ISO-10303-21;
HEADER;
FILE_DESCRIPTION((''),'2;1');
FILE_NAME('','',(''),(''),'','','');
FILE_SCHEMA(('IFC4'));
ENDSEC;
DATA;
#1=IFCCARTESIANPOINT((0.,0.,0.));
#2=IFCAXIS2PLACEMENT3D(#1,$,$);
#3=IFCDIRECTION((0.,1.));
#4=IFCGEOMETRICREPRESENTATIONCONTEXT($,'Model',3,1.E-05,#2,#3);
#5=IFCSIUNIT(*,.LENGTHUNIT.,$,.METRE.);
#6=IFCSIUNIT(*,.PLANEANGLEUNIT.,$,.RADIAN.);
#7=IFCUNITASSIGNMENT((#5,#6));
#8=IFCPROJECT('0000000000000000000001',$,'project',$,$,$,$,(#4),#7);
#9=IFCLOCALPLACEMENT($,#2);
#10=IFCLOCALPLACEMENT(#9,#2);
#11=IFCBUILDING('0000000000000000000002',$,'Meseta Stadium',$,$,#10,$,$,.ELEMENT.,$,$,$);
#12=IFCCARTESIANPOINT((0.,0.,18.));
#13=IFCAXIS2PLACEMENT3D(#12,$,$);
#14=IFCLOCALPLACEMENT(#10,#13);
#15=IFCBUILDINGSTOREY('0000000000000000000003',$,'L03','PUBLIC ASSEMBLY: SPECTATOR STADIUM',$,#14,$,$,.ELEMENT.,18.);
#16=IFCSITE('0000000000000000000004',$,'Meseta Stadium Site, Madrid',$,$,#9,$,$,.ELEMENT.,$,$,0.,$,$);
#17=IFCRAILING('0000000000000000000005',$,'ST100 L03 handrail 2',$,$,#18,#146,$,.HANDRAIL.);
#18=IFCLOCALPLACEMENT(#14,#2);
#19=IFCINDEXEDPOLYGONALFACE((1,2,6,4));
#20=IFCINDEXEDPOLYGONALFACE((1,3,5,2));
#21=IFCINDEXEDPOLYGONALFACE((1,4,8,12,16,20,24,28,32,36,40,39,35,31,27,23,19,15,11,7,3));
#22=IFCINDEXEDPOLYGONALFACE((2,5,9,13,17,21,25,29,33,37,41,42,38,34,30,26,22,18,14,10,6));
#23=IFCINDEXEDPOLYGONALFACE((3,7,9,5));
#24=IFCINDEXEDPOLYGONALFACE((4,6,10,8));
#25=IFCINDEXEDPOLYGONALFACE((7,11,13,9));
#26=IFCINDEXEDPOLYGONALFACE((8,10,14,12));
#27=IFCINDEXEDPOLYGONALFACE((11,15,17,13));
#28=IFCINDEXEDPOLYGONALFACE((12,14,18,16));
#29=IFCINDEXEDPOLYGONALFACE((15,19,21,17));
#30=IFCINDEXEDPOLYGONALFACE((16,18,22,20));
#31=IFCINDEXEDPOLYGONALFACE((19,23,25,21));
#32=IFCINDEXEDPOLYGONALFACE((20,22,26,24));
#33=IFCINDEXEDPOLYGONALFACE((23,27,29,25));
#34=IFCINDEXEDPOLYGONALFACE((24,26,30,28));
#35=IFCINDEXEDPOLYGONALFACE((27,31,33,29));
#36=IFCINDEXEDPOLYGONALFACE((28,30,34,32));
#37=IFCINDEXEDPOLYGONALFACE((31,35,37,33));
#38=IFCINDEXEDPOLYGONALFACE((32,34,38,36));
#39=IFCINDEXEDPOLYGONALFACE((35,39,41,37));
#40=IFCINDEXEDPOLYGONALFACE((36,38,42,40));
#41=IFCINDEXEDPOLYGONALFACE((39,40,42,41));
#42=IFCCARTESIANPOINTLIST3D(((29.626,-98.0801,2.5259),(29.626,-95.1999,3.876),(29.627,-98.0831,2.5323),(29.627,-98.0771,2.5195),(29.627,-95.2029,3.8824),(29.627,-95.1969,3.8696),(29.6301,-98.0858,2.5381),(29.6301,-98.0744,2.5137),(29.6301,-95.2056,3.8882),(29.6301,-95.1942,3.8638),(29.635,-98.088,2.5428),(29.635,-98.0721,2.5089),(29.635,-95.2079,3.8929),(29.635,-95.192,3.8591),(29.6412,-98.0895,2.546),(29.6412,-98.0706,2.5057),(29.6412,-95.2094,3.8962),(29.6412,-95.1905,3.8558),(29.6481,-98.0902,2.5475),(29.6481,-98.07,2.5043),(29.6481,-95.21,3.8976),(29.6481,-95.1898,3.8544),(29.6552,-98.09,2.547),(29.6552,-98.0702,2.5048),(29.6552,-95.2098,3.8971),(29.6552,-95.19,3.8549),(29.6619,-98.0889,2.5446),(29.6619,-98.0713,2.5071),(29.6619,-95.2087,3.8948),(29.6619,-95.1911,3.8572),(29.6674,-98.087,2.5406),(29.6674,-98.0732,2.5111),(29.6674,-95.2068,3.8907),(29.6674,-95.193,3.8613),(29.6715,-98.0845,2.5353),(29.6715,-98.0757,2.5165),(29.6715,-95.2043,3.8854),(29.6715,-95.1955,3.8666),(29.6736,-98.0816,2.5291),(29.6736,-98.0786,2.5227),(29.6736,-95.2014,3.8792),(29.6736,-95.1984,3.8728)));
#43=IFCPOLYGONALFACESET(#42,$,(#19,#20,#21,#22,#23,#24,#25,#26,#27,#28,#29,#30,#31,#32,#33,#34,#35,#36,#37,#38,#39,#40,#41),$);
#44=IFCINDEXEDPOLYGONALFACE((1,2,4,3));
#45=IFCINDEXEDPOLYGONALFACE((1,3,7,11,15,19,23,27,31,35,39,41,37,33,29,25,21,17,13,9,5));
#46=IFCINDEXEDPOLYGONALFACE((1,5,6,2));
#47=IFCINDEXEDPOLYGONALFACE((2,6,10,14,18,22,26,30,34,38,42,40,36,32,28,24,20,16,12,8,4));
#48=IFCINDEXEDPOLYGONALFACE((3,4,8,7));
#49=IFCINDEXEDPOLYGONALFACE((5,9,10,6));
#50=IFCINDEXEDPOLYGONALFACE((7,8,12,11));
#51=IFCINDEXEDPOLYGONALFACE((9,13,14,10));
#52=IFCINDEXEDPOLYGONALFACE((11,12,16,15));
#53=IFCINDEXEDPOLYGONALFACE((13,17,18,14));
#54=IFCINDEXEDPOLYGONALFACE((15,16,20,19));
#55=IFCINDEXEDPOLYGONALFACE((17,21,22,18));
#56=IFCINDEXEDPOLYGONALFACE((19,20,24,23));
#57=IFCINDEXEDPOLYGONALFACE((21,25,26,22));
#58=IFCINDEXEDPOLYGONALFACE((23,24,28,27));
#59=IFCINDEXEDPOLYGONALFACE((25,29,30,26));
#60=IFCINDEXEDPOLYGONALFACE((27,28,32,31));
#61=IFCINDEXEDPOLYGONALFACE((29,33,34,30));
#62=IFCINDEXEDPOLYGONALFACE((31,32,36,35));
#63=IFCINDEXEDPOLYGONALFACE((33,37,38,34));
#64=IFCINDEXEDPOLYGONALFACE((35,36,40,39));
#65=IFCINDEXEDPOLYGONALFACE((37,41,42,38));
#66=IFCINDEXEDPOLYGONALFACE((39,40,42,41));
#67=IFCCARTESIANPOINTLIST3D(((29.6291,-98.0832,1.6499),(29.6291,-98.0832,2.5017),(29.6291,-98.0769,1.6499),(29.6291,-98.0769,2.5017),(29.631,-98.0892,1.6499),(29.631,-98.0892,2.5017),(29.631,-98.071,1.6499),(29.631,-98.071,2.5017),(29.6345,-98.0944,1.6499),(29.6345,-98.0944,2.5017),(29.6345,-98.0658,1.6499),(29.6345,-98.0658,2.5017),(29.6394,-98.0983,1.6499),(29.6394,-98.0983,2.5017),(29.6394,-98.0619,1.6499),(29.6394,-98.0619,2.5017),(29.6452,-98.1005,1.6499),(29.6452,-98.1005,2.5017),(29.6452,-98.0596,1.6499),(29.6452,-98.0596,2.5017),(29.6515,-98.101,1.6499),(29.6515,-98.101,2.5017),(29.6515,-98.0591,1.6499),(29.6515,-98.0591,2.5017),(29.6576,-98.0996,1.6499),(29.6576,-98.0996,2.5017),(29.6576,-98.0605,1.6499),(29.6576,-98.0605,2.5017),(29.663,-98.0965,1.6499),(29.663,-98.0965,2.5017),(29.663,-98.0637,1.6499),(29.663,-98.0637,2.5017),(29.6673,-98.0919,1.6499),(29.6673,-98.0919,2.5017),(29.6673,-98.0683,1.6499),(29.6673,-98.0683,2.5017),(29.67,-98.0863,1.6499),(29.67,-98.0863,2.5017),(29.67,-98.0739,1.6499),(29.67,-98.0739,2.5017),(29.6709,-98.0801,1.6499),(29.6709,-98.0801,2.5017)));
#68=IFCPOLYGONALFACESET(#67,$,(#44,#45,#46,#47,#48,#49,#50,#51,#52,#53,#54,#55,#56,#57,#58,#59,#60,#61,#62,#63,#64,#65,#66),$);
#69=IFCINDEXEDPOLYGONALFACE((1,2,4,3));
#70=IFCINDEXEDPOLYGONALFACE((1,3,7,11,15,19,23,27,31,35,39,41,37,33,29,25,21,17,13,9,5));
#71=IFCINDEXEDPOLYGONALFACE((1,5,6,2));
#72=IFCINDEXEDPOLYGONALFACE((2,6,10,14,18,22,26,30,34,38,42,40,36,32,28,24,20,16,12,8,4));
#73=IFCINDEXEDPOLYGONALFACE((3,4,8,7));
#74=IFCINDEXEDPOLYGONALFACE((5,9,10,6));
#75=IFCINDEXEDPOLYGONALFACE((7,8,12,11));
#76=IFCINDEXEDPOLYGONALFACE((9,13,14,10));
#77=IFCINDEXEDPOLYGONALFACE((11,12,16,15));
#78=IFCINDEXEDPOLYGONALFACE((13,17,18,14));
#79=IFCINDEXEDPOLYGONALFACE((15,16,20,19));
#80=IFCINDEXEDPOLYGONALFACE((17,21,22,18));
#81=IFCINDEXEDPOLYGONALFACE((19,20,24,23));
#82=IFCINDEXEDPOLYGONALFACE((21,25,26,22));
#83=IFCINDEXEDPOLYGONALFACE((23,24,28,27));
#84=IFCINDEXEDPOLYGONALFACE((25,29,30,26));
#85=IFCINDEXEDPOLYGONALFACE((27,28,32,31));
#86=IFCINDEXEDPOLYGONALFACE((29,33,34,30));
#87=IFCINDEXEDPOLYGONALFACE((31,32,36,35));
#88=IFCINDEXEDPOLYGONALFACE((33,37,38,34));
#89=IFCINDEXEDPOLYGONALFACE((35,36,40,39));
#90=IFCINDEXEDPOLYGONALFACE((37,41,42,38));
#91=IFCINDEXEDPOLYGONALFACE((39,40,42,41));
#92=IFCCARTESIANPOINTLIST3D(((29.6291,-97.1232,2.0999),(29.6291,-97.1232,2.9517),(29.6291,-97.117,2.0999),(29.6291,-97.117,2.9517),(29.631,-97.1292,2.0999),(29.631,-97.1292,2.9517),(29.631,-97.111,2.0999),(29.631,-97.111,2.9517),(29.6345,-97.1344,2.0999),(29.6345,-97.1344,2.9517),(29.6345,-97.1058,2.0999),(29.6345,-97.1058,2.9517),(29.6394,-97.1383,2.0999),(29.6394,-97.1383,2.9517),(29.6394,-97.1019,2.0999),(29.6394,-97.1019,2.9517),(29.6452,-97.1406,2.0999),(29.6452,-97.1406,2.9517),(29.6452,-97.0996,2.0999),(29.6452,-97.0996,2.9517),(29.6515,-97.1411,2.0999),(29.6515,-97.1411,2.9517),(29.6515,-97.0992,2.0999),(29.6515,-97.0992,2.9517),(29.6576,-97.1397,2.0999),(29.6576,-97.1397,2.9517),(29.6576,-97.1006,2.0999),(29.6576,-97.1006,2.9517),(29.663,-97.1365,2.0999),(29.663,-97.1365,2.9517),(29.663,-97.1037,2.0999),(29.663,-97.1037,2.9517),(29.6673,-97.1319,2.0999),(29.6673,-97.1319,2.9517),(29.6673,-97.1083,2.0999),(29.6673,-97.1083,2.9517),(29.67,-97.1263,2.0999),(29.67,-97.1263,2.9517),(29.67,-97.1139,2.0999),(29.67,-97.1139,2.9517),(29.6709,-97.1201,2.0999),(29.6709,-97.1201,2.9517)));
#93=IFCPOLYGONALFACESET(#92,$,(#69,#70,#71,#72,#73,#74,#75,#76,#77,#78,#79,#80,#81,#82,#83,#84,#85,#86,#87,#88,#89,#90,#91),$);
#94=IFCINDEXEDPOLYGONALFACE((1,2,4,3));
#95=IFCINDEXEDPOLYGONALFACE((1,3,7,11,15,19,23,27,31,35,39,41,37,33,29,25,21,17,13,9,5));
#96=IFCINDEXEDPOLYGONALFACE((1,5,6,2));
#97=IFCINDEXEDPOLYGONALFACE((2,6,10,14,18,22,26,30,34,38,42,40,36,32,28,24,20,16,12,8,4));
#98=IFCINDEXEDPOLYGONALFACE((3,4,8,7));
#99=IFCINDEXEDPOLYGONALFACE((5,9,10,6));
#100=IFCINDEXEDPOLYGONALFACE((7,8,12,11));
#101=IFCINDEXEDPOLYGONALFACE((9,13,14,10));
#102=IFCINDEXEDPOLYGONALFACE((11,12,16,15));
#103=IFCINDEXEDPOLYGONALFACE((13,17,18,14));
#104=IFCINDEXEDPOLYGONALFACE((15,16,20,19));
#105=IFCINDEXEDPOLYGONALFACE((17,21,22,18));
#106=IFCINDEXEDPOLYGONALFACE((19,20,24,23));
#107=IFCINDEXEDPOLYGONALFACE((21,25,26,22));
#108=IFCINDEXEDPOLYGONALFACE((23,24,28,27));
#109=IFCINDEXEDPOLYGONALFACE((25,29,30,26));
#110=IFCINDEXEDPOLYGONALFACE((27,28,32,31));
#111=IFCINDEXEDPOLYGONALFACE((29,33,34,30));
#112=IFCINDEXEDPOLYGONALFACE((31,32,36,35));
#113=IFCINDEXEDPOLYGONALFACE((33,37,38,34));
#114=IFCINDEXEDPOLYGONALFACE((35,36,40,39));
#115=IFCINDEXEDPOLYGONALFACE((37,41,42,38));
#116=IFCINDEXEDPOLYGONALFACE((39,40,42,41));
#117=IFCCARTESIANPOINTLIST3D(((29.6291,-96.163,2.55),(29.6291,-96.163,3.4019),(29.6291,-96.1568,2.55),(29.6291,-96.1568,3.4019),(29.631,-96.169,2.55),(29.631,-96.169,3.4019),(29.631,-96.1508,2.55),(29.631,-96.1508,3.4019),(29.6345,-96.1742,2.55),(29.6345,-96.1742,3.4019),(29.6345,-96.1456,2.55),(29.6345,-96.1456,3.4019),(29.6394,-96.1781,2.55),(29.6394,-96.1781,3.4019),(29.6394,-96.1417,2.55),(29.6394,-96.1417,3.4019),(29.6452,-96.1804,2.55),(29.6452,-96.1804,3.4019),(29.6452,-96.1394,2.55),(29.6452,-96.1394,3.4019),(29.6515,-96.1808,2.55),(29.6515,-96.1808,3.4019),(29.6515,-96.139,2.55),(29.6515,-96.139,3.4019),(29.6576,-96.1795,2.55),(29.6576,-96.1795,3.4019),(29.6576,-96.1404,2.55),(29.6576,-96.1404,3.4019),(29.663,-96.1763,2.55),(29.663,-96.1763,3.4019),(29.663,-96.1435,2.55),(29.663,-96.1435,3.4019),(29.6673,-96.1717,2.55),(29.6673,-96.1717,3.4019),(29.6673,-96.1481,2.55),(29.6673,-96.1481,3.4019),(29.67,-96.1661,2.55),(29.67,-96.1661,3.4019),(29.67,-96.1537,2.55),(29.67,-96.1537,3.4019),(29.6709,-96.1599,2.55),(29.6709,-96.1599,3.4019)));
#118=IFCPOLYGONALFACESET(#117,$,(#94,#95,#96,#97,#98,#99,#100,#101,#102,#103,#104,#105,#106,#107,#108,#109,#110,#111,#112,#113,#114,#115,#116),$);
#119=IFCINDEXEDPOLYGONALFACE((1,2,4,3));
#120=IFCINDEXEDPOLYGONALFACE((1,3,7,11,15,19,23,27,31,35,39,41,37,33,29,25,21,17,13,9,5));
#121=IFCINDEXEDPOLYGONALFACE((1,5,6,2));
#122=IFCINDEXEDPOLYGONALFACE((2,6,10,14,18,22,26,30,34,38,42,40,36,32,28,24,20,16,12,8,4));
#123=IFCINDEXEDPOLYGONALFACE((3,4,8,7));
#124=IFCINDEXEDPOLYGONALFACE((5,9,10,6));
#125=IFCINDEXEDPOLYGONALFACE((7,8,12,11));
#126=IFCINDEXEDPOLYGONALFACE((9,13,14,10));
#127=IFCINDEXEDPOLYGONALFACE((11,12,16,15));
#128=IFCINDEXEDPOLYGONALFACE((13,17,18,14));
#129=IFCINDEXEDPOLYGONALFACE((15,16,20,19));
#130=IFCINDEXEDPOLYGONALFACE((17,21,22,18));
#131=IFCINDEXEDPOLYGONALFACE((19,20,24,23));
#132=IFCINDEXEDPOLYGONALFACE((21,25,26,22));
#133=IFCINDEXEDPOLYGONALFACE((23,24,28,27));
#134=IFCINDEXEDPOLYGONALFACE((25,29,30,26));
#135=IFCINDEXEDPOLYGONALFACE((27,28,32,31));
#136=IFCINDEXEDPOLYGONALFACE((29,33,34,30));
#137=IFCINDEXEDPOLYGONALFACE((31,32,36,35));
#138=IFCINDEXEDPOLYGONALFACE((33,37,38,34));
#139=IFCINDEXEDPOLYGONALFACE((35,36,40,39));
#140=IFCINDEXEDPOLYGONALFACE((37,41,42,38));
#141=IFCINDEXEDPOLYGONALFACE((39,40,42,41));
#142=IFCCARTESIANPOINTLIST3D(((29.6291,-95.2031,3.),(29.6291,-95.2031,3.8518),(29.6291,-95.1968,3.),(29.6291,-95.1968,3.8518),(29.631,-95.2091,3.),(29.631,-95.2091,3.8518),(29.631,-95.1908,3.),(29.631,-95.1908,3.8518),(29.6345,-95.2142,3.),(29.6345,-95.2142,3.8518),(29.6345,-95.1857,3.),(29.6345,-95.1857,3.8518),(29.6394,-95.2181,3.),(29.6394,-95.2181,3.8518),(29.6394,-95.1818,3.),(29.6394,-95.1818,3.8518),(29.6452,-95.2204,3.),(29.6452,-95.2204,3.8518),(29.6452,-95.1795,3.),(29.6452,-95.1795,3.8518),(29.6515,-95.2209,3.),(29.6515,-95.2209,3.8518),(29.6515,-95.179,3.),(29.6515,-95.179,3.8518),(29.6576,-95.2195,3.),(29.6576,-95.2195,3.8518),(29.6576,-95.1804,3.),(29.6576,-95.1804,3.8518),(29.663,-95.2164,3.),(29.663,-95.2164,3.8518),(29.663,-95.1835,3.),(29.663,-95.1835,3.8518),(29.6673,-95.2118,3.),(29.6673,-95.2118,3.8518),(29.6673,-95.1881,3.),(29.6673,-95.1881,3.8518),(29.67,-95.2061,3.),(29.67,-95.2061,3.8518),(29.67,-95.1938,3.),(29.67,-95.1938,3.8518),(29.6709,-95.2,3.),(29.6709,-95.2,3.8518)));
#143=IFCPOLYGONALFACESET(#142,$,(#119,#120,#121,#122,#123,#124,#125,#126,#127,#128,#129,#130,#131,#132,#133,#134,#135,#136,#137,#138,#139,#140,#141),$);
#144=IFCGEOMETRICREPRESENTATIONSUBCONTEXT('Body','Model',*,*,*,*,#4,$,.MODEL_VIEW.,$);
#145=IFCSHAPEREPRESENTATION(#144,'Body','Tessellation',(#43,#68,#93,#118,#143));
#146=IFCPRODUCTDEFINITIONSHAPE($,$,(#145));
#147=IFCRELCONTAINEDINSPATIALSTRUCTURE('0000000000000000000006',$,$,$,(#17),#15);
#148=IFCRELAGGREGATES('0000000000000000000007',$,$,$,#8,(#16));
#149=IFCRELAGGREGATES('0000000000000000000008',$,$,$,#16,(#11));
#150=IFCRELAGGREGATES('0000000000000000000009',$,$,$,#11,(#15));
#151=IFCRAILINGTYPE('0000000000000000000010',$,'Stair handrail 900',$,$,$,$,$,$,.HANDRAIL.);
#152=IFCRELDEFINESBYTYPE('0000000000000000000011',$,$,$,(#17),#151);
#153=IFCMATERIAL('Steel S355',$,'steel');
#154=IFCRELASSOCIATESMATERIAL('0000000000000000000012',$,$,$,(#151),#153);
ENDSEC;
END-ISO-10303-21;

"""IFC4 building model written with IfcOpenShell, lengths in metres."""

from ifc_helpers import new_model, si_unit, direction, frame, origin, origin_2d, place, context, subcontext, project, spatial, circle, extrude, material, type_object, element, save


model = new_model("IFC4")

# Units and contexts
model_context = context("Model", 3, precision=1e-05, world=origin(), true_north=direction((0.0, 1.0)))
body_context = subcontext(model_context, "Body", "Model", "MODEL_VIEW")
ifc_project = project(units=[si_unit("LENGTHUNIT", "METRE"), si_unit("PLANEANGLEUNIT", "RADIAN")], contexts=[model_context])

# Site, building, storey
site_placement = place(None, origin())
site = spatial("IfcSite", under=ifc_project, at=site_placement, Name="Meseta Stadium Site, Madrid", CompositionType="ELEMENT", RefElevation=0.0)
building_placement = place(site_placement, origin())
building = spatial("IfcBuilding", under=site, at=building_placement, Name="Meseta Stadium", CompositionType="ELEMENT")
storey_placement = place(building_placement, frame((0.0, 0.0, 18.0)))
storey = spatial("IfcBuildingStorey", under=building, at=storey_placement, Name="L03", Description="PUBLIC ASSEMBLY: SPECTATOR STADIUM", CompositionType="ELEMENT", Elevation=18.0)

# Railing
ifc_material_1 = material(Name="Steel S355", Category="steel")
railing_type_1 = type_object("IfcRailingType", Name="Stair handrail 900", PredefinedType="HANDRAIL", material=ifc_material_1)
for number, where, name in (
    (1, (29.6499, -98.0801, 1.6499), "ST100 L03 handrail 2"),
):
    element("IfcRailing", number, at=place(storey_placement, frame(where)), inside=storey, type_object=railing_type_1, Name=name, PredefinedType="HANDRAIL", context=body_context, shape_type="SweptSolid", body=[
        extrude(circle(Radius=0.0239, at=origin_2d()), frame((0.0, 0.0, 0.876), z_axis=(0.0, 0.905454, 0.424444), x_axis=(-1.0, 0.0, 0.0)), (0.0, 0.0, 1.0), 3.1809),
        extrude(circle(Radius=0.021, at=origin_2d()), origin(), (0.0, 0.0, 1.0), 0.8518),
        extrude(circle(Radius=0.021, at=origin_2d()), frame((0.0, 0.96, 0.45)), (0.0, 0.0, 1.0), 0.8518),
        extrude(circle(Radius=0.021, at=origin_2d()), frame((0.0, 1.9202, 0.9001)), (0.0, 0.0, 1.0), 0.8518),
        extrude(circle(Radius=0.021, at=origin_2d()), frame((0.0, 2.8801, 1.3501)), (0.0, 0.0, 1.0), 0.8518),
    ])

save(model, "model.ifc")
